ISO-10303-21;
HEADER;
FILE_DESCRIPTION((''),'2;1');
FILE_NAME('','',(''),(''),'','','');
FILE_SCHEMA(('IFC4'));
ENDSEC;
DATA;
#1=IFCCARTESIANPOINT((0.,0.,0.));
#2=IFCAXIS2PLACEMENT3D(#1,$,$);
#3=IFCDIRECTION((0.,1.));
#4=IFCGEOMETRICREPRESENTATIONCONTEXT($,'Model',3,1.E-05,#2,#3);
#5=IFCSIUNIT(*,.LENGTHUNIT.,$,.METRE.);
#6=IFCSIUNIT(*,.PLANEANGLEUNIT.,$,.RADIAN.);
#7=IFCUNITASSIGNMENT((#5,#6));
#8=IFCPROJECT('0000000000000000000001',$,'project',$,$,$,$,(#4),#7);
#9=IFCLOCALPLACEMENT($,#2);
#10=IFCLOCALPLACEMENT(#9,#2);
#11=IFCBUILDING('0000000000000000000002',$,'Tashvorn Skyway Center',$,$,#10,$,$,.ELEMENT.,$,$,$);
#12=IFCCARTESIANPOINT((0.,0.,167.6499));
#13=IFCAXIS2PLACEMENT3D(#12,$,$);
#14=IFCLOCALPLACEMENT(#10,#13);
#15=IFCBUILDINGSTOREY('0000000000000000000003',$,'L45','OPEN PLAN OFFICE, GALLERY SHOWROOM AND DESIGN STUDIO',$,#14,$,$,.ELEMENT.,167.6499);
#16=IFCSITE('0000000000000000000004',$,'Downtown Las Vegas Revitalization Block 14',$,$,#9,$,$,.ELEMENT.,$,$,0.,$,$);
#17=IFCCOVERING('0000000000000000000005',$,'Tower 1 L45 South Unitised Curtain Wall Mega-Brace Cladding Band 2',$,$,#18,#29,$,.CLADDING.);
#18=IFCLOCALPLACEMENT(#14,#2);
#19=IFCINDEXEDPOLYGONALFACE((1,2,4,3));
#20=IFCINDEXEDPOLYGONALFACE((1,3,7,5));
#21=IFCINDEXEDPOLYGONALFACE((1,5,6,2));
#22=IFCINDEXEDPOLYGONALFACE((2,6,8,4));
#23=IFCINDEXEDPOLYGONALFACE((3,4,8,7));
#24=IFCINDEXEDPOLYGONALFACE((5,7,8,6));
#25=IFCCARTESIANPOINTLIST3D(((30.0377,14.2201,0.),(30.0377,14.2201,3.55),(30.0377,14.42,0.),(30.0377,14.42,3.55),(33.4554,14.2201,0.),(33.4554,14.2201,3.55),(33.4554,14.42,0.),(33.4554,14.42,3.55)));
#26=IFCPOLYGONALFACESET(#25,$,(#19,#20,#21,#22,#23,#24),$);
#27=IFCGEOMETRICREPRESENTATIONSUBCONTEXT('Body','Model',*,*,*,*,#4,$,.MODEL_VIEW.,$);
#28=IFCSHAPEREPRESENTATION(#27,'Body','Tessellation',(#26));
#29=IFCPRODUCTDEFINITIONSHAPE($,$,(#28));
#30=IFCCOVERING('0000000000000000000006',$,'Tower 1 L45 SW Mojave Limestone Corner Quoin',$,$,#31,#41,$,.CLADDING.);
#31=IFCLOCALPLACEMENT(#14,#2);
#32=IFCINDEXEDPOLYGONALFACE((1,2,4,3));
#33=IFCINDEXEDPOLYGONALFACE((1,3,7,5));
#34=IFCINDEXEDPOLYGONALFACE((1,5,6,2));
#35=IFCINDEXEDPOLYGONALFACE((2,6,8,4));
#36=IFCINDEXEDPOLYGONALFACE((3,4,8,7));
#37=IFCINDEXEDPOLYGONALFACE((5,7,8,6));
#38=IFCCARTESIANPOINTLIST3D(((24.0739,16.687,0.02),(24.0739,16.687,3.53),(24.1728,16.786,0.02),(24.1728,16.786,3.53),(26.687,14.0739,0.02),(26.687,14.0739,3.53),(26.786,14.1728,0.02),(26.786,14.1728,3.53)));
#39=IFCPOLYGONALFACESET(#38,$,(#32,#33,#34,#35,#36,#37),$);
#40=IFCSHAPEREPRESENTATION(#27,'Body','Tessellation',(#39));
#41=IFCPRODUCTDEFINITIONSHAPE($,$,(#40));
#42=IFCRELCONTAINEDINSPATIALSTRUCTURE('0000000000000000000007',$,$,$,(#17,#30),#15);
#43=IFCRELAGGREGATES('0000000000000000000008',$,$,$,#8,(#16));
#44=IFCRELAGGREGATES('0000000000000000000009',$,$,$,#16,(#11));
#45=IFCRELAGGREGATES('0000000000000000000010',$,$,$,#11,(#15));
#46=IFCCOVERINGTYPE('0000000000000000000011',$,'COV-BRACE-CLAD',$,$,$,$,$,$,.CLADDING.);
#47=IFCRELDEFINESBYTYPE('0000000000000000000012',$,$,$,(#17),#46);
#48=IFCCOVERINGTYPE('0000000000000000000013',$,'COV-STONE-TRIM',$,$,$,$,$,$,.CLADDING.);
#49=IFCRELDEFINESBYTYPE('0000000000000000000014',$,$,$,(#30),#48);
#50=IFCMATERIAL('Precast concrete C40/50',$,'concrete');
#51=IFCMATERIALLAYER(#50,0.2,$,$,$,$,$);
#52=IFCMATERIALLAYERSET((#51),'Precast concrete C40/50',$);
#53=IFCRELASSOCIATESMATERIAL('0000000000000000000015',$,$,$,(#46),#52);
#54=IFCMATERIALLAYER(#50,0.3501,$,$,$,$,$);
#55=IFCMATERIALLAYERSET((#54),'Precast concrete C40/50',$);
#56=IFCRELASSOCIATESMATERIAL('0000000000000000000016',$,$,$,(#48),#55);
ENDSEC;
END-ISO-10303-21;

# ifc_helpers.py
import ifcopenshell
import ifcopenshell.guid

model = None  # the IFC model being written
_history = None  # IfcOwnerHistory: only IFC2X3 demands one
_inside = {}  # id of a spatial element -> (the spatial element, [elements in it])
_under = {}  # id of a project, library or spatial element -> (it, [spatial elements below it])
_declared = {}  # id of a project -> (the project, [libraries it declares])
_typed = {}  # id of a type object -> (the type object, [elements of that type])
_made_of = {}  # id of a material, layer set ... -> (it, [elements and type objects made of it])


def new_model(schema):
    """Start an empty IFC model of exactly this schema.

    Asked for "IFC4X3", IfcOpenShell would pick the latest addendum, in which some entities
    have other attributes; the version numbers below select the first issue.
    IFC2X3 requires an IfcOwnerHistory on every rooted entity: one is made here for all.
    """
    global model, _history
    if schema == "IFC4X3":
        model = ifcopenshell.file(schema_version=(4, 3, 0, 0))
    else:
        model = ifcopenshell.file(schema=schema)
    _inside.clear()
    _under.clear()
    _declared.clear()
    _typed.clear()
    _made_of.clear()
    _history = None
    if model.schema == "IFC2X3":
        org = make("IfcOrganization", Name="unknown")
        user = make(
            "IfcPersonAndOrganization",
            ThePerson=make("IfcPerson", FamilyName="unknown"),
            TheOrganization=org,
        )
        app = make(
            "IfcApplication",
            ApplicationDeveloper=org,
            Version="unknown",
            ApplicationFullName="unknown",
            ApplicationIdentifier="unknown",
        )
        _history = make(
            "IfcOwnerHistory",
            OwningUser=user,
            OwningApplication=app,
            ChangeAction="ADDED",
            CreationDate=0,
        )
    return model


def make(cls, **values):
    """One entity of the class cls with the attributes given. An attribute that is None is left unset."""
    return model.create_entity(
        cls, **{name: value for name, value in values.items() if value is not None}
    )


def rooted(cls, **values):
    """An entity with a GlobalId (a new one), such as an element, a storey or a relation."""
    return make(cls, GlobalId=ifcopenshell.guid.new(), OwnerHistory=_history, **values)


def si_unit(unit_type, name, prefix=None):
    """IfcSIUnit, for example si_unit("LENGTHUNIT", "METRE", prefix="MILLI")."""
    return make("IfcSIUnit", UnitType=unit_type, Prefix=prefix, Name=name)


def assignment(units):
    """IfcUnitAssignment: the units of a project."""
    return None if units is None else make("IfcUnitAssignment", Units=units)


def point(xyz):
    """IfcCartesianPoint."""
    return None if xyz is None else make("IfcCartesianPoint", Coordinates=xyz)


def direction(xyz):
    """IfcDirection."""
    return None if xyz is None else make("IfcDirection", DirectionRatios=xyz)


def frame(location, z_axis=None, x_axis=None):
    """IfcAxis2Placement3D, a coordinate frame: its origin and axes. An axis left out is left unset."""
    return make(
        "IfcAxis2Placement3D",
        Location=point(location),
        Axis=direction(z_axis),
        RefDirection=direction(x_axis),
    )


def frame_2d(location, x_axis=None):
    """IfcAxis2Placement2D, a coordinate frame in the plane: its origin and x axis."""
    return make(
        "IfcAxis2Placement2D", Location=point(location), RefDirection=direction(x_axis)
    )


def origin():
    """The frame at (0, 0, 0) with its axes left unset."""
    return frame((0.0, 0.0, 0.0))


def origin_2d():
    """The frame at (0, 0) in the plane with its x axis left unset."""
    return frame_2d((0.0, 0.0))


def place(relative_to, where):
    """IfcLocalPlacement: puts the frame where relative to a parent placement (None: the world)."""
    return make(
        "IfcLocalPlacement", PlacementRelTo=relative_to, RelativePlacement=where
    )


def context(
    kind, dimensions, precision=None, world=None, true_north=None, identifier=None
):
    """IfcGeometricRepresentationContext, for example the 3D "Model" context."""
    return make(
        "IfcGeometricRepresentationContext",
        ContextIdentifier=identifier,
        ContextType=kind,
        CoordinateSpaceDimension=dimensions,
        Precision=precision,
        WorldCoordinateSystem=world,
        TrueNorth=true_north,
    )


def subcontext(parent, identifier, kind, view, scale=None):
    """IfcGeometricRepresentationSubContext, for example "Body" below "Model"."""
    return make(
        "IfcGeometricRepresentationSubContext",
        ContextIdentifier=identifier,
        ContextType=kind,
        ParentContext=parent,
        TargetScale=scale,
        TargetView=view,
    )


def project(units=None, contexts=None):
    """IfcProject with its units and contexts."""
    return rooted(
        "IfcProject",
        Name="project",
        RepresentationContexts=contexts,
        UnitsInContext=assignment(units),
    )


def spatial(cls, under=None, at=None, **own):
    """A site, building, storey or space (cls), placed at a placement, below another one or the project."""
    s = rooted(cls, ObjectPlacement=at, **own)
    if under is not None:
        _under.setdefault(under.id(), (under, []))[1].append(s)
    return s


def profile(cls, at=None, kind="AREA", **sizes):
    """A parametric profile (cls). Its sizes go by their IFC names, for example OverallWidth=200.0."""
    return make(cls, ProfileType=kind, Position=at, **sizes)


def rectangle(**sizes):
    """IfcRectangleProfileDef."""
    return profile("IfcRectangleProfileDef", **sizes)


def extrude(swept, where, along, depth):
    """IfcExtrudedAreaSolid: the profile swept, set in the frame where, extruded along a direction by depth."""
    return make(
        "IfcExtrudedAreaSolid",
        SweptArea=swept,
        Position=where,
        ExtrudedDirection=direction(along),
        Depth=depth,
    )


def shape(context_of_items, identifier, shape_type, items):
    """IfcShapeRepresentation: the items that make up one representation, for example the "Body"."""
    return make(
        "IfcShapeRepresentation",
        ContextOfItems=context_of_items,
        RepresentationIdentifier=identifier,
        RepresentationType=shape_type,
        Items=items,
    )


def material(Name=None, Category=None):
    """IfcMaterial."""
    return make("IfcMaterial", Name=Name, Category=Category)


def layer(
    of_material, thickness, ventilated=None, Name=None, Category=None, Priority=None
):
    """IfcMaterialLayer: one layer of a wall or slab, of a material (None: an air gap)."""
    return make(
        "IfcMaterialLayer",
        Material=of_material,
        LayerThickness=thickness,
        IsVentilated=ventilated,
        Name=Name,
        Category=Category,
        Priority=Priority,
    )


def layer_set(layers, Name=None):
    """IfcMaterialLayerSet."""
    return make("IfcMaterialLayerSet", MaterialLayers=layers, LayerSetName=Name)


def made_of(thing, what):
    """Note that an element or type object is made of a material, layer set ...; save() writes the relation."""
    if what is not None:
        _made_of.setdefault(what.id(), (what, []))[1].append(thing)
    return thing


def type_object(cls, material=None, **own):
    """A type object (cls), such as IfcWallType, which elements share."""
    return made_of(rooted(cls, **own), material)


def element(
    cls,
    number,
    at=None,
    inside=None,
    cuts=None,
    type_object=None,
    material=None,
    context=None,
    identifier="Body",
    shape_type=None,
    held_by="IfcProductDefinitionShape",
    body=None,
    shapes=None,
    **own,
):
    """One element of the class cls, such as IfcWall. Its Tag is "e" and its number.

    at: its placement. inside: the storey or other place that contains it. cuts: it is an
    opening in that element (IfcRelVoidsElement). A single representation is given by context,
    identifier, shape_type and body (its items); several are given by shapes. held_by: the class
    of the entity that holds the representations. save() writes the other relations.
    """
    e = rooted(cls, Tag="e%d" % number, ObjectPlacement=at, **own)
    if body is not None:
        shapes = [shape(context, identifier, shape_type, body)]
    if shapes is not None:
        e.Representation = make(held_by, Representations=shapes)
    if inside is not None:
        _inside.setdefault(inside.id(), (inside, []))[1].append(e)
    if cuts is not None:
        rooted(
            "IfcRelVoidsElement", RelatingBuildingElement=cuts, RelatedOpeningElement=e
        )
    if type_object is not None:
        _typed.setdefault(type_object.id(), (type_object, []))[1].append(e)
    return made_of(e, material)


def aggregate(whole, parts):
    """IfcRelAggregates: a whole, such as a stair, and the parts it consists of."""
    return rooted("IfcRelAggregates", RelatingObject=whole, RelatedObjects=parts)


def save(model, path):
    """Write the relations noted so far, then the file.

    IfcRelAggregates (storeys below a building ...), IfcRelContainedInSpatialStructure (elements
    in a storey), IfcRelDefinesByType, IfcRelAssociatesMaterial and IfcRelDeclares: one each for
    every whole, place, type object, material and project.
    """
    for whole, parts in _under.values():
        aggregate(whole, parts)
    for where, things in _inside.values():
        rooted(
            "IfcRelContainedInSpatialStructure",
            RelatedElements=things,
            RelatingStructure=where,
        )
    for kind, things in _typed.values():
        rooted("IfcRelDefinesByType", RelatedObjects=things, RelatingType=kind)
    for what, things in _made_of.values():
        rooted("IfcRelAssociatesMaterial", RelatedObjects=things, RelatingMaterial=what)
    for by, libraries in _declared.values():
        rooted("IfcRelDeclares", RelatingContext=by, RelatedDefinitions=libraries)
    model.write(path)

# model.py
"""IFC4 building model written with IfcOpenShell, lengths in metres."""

from ifc_helpers import new_model, si_unit, direction, frame, origin, origin_2d, place, context, subcontext, project, spatial, rectangle, extrude, material, layer, layer_set, type_object, element, save


model = new_model("IFC4")

# Units and contexts
model_context = context("Model", 3, precision=1e-05, world=origin(), true_north=direction((0.0, 1.0)))
body_context = subcontext(model_context, "Body", "Model", "MODEL_VIEW")
ifc_project = project(units=[si_unit("LENGTHUNIT", "METRE"), si_unit("PLANEANGLEUNIT", "RADIAN")], contexts=[model_context])

# Site, building, storey
site_placement = place(None, origin())
site = spatial("IfcSite", under=ifc_project, at=site_placement, Name="Downtown Las Vegas Revitalization Block 14", CompositionType="ELEMENT", RefElevation=0.0)
building_placement = place(site_placement, origin())
building = spatial("IfcBuilding", under=site, at=building_placement, Name="Tashvorn Skyway Center", CompositionType="ELEMENT")
storey_placement = place(building_placement, frame((0.0, 0.0, 167.6499)))
storey = spatial("IfcBuildingStorey", under=building, at=storey_placement, Name="L45", Description="OPEN PLAN OFFICE, GALLERY SHOWROOM AND DESIGN STUDIO", CompositionType="ELEMENT", Elevation=167.6499)

# Shared definitions
ifc_material_1 = material(Name="Precast concrete C40/50", Category="concrete")

# Coverings
ifc_layer_1 = layer(ifc_material_1, 0.2)
ifc_layer_set_1 = layer_set([ifc_layer_1], Name="Precast concrete C40/50")
covering_type_1 = type_object("IfcCoveringType", Name="COV-BRACE-CLAD", PredefinedType="CLADDING", material=ifc_layer_set_1)
covering_1_placement = place(storey_placement, frame((31.7466, 14.3201, 0.0), z_axis=(0.0, 0.0, 1.0), x_axis=(-1.0, 0.0, 0.0)))
element("IfcCovering", 1, at=covering_1_placement, inside=storey, type_object=covering_type_1, Name="Tower 1 L45 South Unitised Curtain Wall Mega-Brace Cladding Band 2", PredefinedType="CLADDING", context=body_context, shape_type="SweptSolid", body=[
    extrude(rectangle(XDim=3.4177, YDim=0.2, at=origin_2d()), origin(), (0.0, 0.0, 1.0), 3.55),
])
ifc_layer_2 = layer(ifc_material_1, 0.3501)
ifc_layer_set_2 = layer_set([ifc_layer_2], Name="Precast concrete C40/50")
covering_type_2 = type_object("IfcCoveringType", Name="COV-STONE-TRIM", PredefinedType="CLADDING", material=ifc_layer_set_2)
covering_2_placement = place(storey_placement, frame((25.4299, 15.4299, 0.02), z_axis=(0.0, 0.0, 1.0), x_axis=(-0.707107, 0.707107, 0.0)))
element("IfcCovering", 2, at=covering_2_placement, inside=storey, type_object=covering_type_2, Name="Tower 1 L45 SW Mojave Limestone Corner Quoin", PredefinedType="CLADDING", context=body_context, shape_type="SweptSolid", body=[
    extrude(rectangle(XDim=3.6956, YDim=0.1399, at=origin_2d()), origin(), (0.0, 0.0, 1.0), 3.51),
])

save(model, "model.ifc")
